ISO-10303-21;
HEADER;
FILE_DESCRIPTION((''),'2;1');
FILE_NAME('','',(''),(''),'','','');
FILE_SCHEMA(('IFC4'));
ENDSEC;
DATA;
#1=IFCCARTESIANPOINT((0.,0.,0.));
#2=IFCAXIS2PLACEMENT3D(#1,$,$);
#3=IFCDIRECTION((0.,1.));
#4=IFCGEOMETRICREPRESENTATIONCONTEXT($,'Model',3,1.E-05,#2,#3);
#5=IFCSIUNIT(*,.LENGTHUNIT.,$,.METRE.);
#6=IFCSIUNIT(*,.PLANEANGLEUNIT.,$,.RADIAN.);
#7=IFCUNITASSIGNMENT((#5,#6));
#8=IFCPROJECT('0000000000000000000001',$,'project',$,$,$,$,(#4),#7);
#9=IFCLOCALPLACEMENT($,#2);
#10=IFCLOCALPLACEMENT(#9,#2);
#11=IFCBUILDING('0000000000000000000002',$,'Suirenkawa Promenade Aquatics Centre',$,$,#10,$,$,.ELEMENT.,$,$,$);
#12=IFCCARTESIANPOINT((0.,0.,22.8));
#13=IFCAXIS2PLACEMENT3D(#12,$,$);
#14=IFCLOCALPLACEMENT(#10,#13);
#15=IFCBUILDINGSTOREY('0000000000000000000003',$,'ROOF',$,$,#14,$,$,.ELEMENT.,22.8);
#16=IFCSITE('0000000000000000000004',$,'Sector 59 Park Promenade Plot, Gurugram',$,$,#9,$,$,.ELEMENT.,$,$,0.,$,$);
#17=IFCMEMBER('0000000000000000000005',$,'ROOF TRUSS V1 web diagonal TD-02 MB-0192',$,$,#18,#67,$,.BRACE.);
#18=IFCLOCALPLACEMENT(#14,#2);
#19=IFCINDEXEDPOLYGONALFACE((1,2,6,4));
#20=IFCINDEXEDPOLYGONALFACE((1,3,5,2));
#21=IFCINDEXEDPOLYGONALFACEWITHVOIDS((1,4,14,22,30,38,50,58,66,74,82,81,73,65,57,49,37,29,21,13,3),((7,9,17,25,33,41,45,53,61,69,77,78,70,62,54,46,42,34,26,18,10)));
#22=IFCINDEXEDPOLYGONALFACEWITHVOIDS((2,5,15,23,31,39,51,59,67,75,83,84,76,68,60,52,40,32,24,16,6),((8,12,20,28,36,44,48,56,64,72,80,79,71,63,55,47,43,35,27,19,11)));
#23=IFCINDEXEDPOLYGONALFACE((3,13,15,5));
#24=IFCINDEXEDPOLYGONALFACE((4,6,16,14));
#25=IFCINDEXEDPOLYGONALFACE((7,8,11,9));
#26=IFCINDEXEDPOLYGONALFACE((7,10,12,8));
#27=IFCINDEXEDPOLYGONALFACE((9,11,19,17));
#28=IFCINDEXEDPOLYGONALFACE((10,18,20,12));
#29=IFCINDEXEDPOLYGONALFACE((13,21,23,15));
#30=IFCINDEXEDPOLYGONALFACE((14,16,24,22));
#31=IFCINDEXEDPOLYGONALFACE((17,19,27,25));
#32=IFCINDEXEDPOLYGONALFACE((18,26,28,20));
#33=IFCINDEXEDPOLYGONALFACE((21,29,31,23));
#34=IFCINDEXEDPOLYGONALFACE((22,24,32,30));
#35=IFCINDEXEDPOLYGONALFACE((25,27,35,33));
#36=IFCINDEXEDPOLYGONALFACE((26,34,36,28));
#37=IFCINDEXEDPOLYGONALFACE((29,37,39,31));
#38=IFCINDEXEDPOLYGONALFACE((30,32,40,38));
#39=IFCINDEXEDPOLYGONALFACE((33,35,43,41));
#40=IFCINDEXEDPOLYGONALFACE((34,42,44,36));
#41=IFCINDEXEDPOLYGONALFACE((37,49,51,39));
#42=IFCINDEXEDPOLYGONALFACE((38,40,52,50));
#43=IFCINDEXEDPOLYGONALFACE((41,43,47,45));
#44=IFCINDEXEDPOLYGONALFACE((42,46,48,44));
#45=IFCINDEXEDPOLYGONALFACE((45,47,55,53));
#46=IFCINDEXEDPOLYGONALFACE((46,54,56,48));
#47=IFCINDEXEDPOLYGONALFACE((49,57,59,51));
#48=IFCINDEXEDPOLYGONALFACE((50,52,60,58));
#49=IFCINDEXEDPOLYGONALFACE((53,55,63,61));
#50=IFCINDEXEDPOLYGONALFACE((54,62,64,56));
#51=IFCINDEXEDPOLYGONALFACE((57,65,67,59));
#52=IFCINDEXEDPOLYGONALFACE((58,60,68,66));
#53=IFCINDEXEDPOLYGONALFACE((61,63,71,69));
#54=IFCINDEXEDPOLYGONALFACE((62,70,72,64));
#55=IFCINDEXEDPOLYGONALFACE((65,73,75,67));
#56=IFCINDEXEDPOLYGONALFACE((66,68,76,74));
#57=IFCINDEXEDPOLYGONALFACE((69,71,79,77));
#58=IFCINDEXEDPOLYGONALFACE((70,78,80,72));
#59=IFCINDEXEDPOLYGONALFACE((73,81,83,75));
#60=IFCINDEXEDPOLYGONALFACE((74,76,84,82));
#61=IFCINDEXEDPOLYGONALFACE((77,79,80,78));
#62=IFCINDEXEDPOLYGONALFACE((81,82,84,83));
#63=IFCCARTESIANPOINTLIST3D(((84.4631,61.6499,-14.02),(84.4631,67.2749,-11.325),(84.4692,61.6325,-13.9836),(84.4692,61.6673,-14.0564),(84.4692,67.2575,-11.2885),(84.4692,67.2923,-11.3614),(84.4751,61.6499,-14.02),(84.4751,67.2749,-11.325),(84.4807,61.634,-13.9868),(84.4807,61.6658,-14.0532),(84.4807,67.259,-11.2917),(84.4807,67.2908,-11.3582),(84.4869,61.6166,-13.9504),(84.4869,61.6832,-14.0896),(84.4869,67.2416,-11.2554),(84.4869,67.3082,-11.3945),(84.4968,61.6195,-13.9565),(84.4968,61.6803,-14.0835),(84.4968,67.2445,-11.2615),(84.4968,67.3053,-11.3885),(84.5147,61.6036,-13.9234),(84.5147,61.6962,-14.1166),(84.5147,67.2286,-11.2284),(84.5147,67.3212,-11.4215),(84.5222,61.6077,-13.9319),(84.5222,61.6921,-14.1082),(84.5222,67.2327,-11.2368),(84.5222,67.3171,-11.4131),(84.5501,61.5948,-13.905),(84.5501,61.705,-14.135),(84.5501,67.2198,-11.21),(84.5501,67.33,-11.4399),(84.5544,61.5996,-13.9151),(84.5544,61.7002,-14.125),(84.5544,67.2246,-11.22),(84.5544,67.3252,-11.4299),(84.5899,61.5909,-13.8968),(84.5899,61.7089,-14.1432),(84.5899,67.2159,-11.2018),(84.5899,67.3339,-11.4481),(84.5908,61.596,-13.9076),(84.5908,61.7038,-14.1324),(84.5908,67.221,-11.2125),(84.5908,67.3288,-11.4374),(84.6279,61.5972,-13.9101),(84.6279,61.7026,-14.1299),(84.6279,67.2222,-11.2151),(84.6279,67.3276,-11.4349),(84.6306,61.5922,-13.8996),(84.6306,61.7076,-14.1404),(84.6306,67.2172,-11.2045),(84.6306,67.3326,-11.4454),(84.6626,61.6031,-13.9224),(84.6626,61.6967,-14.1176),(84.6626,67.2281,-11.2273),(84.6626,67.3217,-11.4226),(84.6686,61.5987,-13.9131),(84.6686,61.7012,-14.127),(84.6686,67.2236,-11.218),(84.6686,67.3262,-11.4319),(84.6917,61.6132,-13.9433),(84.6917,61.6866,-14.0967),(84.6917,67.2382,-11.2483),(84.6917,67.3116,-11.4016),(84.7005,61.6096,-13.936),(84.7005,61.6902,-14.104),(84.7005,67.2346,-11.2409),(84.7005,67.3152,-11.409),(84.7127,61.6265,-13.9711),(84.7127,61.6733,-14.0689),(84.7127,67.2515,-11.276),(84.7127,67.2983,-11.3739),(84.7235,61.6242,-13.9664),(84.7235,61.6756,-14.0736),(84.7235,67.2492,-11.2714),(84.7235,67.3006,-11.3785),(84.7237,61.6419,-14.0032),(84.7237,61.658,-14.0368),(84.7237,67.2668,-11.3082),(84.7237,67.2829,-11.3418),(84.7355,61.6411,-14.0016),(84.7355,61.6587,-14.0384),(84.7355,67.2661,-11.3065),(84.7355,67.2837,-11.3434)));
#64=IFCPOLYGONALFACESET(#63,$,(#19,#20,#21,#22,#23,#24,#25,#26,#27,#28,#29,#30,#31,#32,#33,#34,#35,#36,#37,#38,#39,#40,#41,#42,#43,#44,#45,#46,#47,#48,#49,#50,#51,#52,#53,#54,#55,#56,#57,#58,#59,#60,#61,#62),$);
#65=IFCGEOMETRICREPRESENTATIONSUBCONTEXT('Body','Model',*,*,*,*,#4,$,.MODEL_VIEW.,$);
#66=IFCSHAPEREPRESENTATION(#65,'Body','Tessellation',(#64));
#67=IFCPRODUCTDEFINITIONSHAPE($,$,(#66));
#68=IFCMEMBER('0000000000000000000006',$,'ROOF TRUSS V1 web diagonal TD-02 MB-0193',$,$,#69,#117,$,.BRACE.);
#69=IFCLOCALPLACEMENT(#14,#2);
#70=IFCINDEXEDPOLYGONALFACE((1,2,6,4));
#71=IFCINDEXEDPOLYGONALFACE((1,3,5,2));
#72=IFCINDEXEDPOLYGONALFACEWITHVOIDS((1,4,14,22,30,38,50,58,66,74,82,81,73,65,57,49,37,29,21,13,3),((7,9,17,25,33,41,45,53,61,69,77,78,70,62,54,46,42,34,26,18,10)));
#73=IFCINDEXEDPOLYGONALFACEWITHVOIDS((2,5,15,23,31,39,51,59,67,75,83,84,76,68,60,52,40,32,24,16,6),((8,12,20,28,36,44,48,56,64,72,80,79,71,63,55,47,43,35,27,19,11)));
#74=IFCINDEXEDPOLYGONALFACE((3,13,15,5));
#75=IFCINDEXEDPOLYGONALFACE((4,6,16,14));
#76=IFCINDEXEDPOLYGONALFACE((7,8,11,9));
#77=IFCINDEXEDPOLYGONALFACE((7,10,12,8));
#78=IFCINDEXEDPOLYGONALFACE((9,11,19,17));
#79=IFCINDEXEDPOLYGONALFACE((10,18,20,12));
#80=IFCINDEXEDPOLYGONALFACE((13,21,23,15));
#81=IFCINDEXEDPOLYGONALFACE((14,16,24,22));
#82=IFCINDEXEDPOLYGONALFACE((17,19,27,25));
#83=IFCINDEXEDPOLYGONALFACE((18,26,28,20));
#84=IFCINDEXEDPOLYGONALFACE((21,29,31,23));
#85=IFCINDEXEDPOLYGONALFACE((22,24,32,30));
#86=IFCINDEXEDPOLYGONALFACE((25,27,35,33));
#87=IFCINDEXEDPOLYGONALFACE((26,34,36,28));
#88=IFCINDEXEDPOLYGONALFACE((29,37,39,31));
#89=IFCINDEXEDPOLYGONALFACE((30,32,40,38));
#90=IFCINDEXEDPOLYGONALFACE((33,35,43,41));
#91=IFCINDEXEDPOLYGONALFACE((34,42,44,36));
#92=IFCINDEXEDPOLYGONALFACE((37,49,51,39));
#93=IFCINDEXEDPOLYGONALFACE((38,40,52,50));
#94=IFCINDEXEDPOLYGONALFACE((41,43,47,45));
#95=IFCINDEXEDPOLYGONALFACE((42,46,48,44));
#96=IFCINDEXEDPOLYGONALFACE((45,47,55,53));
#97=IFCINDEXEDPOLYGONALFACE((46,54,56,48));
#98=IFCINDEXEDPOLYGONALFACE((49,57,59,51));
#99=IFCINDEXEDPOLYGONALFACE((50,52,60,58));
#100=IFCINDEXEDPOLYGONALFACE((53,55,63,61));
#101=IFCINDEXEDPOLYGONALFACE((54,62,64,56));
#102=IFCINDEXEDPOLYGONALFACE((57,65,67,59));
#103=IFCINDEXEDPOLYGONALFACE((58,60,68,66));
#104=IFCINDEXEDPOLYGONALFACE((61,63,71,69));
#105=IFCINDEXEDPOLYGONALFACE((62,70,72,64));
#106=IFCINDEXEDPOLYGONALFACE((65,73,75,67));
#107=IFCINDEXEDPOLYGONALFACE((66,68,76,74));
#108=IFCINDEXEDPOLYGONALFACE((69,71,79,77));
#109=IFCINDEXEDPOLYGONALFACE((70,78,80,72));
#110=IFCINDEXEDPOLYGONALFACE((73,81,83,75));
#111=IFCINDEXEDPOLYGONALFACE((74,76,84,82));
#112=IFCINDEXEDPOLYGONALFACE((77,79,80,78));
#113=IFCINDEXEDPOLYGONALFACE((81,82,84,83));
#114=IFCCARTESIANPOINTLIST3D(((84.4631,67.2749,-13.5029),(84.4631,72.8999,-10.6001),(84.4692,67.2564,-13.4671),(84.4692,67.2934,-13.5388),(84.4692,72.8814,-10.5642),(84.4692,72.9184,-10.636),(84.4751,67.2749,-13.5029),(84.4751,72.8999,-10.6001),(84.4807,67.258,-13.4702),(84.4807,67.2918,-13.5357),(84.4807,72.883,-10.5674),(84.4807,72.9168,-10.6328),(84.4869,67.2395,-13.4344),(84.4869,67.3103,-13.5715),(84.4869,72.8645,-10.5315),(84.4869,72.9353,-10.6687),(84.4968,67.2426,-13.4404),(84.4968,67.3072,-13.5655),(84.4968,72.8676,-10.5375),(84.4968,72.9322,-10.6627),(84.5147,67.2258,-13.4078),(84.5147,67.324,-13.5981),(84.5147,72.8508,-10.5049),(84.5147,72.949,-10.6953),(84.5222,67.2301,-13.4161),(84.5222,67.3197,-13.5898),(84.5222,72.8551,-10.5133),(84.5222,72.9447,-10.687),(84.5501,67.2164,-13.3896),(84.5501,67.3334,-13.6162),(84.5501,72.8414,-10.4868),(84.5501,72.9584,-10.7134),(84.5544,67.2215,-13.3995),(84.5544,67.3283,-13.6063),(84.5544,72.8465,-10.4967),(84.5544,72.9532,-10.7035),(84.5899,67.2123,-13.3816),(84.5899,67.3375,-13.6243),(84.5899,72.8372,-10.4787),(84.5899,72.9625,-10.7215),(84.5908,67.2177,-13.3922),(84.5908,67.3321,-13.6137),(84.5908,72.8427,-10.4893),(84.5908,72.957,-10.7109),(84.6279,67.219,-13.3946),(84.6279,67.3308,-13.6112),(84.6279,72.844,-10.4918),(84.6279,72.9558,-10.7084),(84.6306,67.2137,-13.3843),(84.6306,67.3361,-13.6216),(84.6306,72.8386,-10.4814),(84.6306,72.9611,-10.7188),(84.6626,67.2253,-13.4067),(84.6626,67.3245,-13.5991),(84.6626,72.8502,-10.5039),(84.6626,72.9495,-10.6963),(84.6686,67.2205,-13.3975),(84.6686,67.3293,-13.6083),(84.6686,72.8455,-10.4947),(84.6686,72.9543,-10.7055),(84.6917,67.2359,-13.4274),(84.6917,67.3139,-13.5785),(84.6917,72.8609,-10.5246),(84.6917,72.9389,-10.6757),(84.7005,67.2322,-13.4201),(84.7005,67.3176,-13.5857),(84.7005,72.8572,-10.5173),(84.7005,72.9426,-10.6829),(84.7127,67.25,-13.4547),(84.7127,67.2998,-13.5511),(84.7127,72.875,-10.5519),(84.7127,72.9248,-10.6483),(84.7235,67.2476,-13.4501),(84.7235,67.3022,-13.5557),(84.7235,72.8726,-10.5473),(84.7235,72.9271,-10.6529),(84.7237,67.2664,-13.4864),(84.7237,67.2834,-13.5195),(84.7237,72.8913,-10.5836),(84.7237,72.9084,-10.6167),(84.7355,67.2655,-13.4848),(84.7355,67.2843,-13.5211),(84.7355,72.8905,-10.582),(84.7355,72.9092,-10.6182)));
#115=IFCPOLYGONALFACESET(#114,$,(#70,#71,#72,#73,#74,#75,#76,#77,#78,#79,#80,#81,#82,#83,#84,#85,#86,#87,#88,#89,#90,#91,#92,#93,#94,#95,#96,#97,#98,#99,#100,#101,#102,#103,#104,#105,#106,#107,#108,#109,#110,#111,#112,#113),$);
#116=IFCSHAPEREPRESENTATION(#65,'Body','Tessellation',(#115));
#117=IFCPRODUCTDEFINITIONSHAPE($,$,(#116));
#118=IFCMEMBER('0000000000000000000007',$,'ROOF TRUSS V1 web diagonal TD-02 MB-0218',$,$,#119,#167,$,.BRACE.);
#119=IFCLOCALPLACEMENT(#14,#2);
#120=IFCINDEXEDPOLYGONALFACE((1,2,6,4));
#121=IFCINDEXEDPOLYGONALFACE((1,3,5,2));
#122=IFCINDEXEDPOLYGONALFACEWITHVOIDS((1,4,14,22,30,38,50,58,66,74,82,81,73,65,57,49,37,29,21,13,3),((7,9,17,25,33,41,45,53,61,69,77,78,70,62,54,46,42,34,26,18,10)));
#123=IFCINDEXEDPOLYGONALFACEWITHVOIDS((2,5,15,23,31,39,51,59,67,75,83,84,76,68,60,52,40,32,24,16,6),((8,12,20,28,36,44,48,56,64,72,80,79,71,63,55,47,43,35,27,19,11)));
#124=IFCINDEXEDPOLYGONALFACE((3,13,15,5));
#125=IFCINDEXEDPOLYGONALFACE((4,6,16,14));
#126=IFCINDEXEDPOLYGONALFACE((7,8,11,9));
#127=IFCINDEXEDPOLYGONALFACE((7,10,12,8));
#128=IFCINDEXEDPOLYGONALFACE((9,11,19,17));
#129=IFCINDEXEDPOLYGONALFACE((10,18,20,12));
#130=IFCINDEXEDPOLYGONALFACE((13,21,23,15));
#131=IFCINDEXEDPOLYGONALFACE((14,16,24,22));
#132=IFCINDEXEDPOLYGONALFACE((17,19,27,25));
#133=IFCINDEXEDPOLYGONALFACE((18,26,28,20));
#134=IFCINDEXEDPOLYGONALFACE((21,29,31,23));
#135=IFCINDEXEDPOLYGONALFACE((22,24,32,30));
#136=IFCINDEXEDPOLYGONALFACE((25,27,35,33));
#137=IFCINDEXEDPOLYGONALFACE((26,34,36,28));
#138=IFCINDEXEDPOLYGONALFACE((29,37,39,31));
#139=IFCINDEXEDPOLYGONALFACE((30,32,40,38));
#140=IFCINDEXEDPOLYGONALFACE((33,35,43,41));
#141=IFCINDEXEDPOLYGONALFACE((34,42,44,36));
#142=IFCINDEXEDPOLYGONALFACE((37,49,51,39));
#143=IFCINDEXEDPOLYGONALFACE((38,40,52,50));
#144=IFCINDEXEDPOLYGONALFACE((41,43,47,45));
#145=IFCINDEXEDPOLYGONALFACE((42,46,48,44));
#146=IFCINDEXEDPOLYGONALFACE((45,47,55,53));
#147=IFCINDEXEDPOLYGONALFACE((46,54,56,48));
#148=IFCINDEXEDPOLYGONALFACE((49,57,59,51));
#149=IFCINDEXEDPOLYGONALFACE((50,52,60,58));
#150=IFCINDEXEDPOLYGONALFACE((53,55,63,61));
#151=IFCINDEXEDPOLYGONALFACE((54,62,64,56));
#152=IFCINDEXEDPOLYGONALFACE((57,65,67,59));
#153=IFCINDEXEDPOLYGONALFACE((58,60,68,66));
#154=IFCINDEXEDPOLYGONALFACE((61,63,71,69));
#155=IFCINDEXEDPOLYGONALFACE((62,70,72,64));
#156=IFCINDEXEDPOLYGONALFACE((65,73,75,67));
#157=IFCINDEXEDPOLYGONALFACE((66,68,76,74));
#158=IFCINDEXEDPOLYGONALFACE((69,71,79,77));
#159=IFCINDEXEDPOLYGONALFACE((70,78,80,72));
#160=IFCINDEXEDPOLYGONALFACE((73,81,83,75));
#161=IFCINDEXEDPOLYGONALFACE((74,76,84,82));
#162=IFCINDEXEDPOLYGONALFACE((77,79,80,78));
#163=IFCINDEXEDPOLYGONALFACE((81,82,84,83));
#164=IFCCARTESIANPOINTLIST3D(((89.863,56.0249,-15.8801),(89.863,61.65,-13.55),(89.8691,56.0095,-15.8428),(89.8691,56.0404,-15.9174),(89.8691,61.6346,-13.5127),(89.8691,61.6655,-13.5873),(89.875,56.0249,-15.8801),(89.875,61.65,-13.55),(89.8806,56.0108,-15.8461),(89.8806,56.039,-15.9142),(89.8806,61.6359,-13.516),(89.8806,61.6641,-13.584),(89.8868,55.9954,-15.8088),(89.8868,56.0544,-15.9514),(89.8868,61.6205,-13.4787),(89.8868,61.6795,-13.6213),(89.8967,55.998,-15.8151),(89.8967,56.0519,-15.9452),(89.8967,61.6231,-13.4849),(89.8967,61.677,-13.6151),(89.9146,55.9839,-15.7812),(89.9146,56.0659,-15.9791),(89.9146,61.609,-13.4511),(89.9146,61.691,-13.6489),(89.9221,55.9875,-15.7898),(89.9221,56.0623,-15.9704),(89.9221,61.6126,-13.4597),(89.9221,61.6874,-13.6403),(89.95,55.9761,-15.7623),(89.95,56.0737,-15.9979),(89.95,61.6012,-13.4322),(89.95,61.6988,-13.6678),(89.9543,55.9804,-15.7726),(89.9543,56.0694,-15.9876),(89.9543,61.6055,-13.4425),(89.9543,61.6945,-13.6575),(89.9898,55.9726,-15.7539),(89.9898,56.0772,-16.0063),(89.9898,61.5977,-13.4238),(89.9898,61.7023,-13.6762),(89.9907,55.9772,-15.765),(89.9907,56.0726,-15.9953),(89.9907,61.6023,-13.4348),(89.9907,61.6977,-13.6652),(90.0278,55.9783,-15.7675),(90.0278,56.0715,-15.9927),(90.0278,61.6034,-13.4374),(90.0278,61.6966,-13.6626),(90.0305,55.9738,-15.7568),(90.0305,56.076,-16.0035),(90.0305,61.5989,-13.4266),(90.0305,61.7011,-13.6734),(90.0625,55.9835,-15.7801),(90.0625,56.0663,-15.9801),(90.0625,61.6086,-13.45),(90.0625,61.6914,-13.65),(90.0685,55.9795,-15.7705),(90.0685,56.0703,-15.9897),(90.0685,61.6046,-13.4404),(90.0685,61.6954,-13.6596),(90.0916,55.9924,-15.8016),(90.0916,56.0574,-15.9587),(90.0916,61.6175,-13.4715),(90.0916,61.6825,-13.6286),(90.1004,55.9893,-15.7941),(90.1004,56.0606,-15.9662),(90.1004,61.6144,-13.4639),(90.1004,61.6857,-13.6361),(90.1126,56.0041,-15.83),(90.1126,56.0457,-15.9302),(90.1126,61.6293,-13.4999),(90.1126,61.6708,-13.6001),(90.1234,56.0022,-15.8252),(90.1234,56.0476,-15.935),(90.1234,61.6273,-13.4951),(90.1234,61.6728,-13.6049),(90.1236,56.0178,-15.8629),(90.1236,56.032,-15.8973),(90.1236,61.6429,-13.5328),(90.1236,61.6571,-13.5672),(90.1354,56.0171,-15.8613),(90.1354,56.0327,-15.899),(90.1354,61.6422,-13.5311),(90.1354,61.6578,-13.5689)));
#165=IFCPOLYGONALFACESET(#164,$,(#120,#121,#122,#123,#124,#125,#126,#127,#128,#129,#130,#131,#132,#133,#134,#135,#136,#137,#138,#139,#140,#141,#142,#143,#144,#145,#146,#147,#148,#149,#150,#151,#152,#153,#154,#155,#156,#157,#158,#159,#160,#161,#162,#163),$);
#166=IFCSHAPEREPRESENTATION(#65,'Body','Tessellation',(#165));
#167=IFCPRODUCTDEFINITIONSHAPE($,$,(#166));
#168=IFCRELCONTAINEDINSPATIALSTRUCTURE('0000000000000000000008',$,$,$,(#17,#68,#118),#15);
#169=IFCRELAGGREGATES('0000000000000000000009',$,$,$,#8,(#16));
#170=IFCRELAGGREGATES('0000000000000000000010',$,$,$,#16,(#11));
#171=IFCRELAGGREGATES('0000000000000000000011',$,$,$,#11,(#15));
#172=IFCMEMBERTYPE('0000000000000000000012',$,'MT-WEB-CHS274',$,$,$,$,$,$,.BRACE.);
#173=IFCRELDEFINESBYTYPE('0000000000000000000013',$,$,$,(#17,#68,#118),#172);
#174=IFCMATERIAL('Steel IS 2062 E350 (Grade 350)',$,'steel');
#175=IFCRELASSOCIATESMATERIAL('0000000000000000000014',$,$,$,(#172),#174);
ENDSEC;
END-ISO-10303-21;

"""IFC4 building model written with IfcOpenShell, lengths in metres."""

from ifc_helpers import new_model, si_unit, direction, frame, origin, origin_2d, place, context, subcontext, project, spatial, hollow_circle, extrude, material, material_profile, profile_set, type_object, element, save


model = new_model("IFC4")

# Units and contexts
model_context = context("Model", 3, precision=1e-05, world=origin(), true_north=direction((0.0, 1.0)))
body_context = subcontext(model_context, "Body", "Model", "MODEL_VIEW")
ifc_project = project(units=[si_unit("LENGTHUNIT", "METRE"), si_unit("PLANEANGLEUNIT", "RADIAN")], contexts=[model_context])

# Site, building, storey
site_placement = place(None, origin())
site = spatial("IfcSite", under=ifc_project, at=site_placement, Name="Sector 59 Park Promenade Plot, Gurugram", CompositionType="ELEMENT", RefElevation=0.0)
building_placement = place(site_placement, origin())
building = spatial("IfcBuilding", under=site, at=building_placement, Name="Suirenkawa Promenade Aquatics Centre", CompositionType="ELEMENT")
storey_placement = place(building_placement, frame((0.0, 0.0, 22.8)))
storey = spatial("IfcBuildingStorey", under=building, at=storey_placement, Name="ROOF", CompositionType="ELEMENT", Elevation=22.8)

# Shared definitions
ifc_material = material(Name="Steel IS 2062 E350 (Grade 350)", Category="steel")

# Members
ifc_material_profile_1 = material_profile(ifc_material, hollow_circle(Radius=0.137, WallThickness=0.012, at=origin_2d()), Name="CHS 274x12", Category="steel")
ifc_profile_set_1 = profile_set([ifc_material_profile_1], Name="Steel IS 2062 E350 (Grade 350)")
member_type_1 = type_object("IfcMemberType", Name="MT-WEB-CHS274", PredefinedType="BRACE", material=ifc_profile_set_1)
member_1_placement = place(storey_placement, frame((84.6001, 61.6499, -14.02), z_axis=(0.0, 0.901831, 0.432088), x_axis=(-1.0, 0.0, 0.0)))
element("IfcMember", 1, at=member_1_placement, inside=storey, type_object=member_type_1, Name="ROOF TRUSS V1 web diagonal TD-02 MB-0192", PredefinedType="BRACE", context=body_context, shape_type="SweptSolid", body=[
    extrude(hollow_circle(Radius=0.137, WallThickness=0.012, at=origin_2d()), origin(), (0.0, 0.0, 1.0), 6.2373),
])
member_2_placement = place(storey_placement, frame((84.6001, 67.2749, -13.5029), z_axis=(0.0, 0.888646, 0.458594), x_axis=(-1.0, 0.0, 0.0)))
element("IfcMember", 2, at=member_2_placement, inside=storey, type_object=member_type_1, Name="ROOF TRUSS V1 web diagonal TD-02 MB-0193", PredefinedType="BRACE", context=body_context, shape_type="SweptSolid", body=[
    extrude(hollow_circle(Radius=0.137, WallThickness=0.012, at=origin_2d()), origin(), (0.0, 0.0, 1.0), 6.3298),
])
member_3_placement = place(storey_placement, frame((90.0, 56.0249, -15.8801), z_axis=(0.0, 0.923872, 0.382701), x_axis=(-1.0, 0.0, 0.0)))
element("IfcMember", 3, at=member_3_placement, inside=storey, type_object=member_type_1, Name="ROOF TRUSS V1 web diagonal TD-02 MB-0218", PredefinedType="BRACE", context=body_context, shape_type="SweptSolid", body=[
    extrude(hollow_circle(Radius=0.137, WallThickness=0.012, at=origin_2d()), origin(), (0.0, 0.0, 1.0), 6.0886),
])

save(model, "model.ifc")
